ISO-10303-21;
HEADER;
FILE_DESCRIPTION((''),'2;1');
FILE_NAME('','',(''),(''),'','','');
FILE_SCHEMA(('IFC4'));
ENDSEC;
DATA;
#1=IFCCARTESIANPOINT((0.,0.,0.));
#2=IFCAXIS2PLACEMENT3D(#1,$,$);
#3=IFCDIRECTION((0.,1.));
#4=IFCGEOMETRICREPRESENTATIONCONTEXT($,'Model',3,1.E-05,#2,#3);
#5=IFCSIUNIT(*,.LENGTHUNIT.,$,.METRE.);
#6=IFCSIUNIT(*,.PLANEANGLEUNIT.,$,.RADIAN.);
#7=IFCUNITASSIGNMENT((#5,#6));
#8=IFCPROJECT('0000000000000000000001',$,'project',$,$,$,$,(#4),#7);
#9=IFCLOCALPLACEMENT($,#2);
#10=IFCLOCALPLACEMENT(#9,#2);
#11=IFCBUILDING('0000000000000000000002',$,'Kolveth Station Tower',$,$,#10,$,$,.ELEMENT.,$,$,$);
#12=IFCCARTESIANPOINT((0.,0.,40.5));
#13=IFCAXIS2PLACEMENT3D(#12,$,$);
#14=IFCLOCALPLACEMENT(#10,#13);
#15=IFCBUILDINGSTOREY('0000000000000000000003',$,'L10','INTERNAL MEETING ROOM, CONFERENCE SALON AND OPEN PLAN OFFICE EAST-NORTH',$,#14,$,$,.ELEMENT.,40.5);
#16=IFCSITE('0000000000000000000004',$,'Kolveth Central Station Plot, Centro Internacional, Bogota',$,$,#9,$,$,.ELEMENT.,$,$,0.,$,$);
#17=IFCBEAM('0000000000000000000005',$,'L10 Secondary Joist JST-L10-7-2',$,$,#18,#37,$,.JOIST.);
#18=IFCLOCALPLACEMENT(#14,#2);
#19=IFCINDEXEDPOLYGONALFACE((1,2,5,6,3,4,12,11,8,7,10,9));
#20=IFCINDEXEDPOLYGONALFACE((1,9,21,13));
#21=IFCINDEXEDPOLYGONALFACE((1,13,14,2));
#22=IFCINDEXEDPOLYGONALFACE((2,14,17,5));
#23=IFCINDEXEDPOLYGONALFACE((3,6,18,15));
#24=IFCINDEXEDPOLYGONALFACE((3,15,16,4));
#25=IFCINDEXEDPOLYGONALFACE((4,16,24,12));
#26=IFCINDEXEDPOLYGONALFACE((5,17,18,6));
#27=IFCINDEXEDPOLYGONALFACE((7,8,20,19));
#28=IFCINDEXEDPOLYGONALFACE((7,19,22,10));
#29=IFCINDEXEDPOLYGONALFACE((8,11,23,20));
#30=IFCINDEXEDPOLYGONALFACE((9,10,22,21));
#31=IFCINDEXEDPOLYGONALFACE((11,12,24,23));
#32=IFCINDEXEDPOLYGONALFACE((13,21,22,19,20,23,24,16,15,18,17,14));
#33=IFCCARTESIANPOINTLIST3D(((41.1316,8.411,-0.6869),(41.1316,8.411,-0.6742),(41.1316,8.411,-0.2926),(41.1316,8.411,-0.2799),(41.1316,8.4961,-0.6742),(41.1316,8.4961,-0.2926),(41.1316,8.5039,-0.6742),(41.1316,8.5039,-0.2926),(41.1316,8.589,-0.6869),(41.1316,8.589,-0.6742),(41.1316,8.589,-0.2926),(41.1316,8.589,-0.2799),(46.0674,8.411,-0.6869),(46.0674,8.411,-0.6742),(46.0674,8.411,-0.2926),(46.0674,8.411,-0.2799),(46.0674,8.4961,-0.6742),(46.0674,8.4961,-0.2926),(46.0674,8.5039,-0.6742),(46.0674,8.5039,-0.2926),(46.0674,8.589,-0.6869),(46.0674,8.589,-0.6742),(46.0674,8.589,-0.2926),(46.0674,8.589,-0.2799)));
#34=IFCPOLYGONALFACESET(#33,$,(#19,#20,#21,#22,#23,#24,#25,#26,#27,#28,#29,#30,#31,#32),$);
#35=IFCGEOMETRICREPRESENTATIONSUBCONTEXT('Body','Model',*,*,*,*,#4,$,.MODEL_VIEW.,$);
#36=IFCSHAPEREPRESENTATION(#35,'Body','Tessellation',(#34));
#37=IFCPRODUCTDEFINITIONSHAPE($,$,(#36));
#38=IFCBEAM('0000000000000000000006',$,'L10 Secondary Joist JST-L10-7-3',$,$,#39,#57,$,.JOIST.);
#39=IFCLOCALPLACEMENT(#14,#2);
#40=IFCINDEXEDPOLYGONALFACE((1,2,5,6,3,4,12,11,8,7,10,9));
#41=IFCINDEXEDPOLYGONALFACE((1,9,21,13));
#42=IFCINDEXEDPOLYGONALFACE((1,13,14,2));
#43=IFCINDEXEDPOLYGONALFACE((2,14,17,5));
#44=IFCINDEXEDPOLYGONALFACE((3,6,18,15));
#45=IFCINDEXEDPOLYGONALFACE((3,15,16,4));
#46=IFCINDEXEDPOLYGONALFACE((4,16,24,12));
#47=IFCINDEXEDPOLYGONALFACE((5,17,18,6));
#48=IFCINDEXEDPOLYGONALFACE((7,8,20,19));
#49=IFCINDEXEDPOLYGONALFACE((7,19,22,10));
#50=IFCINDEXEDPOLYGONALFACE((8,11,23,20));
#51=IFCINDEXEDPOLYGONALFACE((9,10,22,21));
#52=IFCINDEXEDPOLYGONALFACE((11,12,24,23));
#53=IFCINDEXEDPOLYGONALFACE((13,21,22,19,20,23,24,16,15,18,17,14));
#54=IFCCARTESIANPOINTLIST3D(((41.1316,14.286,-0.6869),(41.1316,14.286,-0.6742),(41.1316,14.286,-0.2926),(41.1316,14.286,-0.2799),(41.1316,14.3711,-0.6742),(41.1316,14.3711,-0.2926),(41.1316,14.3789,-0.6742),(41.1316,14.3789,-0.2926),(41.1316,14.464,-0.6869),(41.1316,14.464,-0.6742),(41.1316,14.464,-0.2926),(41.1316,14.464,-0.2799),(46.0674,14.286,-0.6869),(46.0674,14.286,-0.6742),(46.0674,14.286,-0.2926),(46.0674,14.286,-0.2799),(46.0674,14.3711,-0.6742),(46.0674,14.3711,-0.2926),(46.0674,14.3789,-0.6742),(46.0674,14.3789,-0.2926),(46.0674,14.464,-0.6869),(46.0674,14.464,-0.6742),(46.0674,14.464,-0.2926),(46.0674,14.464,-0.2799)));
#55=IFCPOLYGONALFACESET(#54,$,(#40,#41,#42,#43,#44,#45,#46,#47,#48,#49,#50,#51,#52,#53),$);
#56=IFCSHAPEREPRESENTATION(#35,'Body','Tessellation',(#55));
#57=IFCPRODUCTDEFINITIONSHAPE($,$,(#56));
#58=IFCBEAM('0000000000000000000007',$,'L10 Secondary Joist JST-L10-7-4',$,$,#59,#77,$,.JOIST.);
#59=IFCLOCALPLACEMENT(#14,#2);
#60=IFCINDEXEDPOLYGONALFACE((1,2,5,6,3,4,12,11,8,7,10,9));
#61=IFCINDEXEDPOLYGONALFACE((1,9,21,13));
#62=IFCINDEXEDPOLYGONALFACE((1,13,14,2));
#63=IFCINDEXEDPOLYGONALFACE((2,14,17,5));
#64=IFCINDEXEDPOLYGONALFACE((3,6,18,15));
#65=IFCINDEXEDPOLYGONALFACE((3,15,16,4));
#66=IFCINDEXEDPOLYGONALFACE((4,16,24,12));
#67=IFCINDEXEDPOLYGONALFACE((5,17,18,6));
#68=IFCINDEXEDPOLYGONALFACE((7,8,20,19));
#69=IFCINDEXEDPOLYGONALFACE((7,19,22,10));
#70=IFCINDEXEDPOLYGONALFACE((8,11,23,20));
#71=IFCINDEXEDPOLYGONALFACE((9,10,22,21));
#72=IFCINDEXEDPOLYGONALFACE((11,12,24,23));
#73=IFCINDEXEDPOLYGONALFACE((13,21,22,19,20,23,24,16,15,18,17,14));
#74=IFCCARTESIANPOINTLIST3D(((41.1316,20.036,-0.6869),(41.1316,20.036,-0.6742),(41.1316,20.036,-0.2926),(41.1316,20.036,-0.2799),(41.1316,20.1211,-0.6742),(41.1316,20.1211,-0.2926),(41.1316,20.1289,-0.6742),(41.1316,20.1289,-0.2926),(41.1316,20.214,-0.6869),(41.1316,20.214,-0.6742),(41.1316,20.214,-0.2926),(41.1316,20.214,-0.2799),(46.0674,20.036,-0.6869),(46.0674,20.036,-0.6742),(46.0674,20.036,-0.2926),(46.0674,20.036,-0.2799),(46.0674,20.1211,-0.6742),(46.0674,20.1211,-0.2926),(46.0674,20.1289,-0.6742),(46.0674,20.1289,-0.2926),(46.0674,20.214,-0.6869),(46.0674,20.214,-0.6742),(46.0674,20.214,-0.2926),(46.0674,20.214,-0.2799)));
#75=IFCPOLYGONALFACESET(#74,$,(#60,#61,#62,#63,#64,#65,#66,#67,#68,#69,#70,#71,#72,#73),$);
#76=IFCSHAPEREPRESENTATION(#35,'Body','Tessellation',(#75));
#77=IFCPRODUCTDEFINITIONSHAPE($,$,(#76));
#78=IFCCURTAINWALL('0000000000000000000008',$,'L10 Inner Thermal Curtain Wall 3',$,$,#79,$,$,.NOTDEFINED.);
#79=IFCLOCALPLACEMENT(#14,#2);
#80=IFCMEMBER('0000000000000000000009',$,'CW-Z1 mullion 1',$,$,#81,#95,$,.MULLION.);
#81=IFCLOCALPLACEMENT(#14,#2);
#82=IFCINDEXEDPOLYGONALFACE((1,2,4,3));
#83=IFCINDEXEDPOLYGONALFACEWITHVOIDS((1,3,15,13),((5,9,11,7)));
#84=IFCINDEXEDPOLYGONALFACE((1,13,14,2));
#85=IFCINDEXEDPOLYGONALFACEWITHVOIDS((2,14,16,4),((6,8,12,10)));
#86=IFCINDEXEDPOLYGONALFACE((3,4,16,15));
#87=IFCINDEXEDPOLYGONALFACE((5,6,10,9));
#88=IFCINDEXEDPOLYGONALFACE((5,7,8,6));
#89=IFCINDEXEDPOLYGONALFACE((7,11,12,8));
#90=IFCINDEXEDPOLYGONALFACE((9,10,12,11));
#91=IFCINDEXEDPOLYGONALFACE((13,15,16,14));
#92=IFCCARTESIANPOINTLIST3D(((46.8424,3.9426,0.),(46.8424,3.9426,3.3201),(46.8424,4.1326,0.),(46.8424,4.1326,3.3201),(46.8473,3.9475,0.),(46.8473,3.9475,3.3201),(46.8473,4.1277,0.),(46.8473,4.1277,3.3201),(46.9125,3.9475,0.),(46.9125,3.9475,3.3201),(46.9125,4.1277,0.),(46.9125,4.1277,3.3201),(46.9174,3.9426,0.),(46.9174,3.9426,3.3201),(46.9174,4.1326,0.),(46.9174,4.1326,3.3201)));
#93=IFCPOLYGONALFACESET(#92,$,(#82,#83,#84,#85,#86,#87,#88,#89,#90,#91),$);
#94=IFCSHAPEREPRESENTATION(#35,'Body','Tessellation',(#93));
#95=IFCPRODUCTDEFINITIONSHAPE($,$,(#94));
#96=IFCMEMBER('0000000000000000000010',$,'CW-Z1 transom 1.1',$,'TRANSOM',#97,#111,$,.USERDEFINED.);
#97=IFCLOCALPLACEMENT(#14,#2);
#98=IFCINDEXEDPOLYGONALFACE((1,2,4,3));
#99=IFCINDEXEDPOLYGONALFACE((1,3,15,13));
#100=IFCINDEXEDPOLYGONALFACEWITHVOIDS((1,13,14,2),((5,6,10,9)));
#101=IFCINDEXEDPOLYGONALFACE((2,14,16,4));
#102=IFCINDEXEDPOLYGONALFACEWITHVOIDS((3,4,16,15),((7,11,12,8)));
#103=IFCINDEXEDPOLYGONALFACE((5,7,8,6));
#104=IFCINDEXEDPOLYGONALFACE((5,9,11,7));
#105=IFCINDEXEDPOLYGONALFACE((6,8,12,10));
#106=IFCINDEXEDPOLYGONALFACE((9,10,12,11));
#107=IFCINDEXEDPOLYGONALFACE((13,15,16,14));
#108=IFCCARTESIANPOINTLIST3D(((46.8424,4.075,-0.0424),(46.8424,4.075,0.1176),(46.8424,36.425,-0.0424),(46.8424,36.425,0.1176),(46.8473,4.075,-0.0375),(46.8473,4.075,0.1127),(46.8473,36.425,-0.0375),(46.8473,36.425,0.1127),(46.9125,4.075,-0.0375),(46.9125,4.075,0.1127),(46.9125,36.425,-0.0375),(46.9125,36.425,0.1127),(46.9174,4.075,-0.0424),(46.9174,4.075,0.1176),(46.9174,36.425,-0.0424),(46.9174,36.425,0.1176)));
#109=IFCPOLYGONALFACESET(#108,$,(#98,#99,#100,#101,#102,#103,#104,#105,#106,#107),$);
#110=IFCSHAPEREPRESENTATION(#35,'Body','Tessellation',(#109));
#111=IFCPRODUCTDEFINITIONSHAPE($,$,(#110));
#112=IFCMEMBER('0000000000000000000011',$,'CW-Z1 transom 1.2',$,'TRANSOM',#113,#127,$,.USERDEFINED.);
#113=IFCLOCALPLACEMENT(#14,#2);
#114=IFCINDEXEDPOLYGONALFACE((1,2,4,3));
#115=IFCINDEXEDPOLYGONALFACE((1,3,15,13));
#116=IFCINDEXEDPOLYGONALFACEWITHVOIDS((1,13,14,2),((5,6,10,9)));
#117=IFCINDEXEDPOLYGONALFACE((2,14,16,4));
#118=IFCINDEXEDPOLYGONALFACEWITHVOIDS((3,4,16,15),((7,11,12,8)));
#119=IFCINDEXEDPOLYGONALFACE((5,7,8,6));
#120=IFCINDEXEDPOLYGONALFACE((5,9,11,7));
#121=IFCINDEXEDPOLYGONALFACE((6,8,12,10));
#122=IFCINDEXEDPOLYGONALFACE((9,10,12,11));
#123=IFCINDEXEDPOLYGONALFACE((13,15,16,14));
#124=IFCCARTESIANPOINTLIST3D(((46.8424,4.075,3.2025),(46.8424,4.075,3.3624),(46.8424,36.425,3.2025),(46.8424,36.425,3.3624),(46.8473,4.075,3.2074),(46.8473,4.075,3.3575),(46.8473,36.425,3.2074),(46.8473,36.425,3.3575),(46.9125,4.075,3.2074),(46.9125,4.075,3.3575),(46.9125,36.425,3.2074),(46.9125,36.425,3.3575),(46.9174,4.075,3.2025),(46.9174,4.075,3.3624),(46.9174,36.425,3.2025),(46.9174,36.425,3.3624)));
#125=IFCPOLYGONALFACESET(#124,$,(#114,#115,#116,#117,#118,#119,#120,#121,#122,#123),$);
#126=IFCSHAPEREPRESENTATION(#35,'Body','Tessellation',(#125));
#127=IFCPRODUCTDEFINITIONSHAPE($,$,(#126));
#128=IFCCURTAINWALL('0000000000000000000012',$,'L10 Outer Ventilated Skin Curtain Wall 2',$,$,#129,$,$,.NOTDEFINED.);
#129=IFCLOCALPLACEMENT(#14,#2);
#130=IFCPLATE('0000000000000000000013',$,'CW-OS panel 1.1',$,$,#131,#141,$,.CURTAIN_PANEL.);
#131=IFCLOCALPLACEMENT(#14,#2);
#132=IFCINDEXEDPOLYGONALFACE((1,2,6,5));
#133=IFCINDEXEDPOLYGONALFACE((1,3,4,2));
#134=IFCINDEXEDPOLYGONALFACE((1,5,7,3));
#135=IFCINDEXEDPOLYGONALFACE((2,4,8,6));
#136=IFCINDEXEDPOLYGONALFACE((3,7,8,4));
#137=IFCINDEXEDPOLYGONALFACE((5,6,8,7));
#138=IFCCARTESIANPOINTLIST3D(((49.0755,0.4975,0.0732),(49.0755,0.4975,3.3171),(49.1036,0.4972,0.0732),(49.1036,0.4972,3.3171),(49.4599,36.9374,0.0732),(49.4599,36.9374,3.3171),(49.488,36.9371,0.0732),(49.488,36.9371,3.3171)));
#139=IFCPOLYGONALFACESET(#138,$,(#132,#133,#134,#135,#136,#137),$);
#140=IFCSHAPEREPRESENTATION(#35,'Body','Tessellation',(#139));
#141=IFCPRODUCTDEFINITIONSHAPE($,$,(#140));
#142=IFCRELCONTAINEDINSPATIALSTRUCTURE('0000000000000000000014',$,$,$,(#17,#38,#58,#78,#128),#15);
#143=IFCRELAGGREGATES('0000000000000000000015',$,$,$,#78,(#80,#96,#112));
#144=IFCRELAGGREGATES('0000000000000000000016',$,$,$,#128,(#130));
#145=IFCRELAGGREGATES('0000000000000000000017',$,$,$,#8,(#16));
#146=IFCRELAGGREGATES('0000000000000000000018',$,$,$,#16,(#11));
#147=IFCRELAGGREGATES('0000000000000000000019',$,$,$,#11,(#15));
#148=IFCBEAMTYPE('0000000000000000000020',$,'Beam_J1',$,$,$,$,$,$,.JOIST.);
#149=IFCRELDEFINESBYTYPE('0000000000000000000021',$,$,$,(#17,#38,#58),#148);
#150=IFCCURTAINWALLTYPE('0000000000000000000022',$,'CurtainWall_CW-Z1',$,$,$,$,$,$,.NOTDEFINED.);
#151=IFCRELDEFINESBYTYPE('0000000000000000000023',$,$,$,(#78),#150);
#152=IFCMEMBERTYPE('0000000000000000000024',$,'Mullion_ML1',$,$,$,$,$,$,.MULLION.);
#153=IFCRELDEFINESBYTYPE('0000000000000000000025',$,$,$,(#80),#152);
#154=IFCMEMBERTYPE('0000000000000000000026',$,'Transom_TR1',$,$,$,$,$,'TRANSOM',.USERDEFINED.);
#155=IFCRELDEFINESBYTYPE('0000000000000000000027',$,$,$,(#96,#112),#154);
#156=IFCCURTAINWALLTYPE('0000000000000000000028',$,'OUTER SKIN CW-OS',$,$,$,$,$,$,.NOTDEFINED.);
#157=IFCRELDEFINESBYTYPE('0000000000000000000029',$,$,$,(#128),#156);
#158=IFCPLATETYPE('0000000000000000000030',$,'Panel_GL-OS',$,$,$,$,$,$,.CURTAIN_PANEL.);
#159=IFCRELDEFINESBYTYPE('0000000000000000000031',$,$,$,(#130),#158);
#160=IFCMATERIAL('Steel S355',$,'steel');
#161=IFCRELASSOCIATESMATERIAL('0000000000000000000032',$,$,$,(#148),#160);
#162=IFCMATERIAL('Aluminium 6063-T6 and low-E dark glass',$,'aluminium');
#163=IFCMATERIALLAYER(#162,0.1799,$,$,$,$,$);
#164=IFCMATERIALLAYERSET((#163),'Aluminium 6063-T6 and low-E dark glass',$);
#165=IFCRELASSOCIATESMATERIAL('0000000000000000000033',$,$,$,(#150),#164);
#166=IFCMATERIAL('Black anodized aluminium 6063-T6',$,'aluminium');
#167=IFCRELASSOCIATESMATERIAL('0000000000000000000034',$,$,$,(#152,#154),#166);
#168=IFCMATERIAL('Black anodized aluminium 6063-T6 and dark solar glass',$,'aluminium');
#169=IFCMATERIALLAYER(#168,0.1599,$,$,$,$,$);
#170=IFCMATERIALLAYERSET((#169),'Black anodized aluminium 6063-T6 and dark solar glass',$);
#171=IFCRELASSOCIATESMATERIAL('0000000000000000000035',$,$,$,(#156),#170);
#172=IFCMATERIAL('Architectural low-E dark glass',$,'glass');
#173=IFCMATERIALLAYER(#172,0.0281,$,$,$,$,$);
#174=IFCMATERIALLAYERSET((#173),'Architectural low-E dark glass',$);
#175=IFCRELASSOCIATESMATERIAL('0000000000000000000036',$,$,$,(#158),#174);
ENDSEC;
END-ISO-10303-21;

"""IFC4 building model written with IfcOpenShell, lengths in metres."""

from ifc_helpers import new_model, si_unit, direction, frame, origin, origin_2d, place, context, subcontext, project, spatial, rectangle, hollow_rectangle, i_section, extrude, source, transform, mapped, material, layer, layer_set, material_profile, profile_set, type_object, element, aggregate, save


model = new_model("IFC4")

# Units and contexts
model_context = context("Model", 3, precision=1e-05, world=origin(), true_north=direction((0.0, 1.0)))
body_context = subcontext(model_context, "Body", "Model", "MODEL_VIEW")
ifc_project = project(units=[si_unit("LENGTHUNIT", "METRE"), si_unit("PLANEANGLEUNIT", "RADIAN")], contexts=[model_context])

# Site, building, storey
site_placement = place(None, origin())
site = spatial("IfcSite", under=ifc_project, at=site_placement, Name="Kolveth Central Station Plot, Centro Internacional, Bogota", CompositionType="ELEMENT", RefElevation=0.0)
building_placement = place(site_placement, origin())
building = spatial("IfcBuilding", under=site, at=building_placement, Name="Kolveth Station Tower", CompositionType="ELEMENT")
storey_placement = place(building_placement, frame((0.0, 0.0, 40.5)))
storey = spatial("IfcBuildingStorey", under=building, at=storey_placement, Name="L10", Description="INTERNAL MEETING ROOM, CONFERENCE SALON AND OPEN PLAN OFFICE EAST-NORTH", CompositionType="ELEMENT", Elevation=40.5)

# Shared definitions
ifc_material_1 = material(Name="Steel S355", Category="steel")

# Beams
ifc_material_profile_1 = material_profile(ifc_material_1, i_section(OverallWidth=0.178, OverallDepth=0.407, WebThickness=0.0078, FlangeThickness=0.0127, at=origin_2d()), Name="W410x60")
ifc_profile_set_1 = profile_set([ifc_material_profile_1], Name="Steel S355")
beam_type_1 = type_object("IfcBeamType", Name="Beam_J1", PredefinedType="JOIST", material=ifc_profile_set_1)
shared_shape_1 = source(origin(), body_context, "Body", "SweptSolid", [
    extrude(i_section(OverallWidth=0.178, OverallDepth=0.407, WebThickness=0.0078, FlangeThickness=0.0127, at=origin_2d()), origin(), (0.0, 0.0, 1.0), 4.9358),
])
for number, where, z_axis, x_axis, name in (
    (1, (41.1316, 8.5, -0.4834), (1.0, 0.0, 0.0), (0.0, 1.0, 0.0), "L10 Secondary Joist JST-L10-7-2"),
    (2, (41.1316, 14.375, -0.4834), (1.0, 0.0, 0.0), (0.0, 1.0, 0.0), "L10 Secondary Joist JST-L10-7-3"),
    (3, (41.1316, 20.125, -0.4834), (1.0, 0.0, 0.0), (0.0, 1.0, 0.0), "L10 Secondary Joist JST-L10-7-4"),
):
    element("IfcBeam", number, at=place(storey_placement, frame(where, z_axis=z_axis, x_axis=x_axis)), inside=storey, type_object=beam_type_1, Name=name, PredefinedType="JOIST", context=body_context, shape_type="MappedRepresentation", body=[
        mapped(shared_shape_1, transform((0.0, 0.0, 0.0), x_axis=(1.0, 0.0, 0.0), y_axis=(0.0, 1.0, 0.0), z_axis=(0.0, 0.0, 1.0), scale=1.0)),
    ])

# Curtain wall, members
ifc_material_2 = material(Name="Aluminium 6063-T6 and low-E dark glass", Category="aluminium")
ifc_layer_1 = layer(ifc_material_2, 0.1799)
ifc_layer_set_1 = layer_set([ifc_layer_1], Name="Aluminium 6063-T6 and low-E dark glass")
curtain_wall_type_1 = type_object("IfcCurtainWallType", Name="CurtainWall_CW-Z1", PredefinedType="NOTDEFINED", material=ifc_layer_set_1)
curtain_wall_1_placement = place(storey_placement, origin())
curtain_wall_1 = element("IfcCurtainWall", 4, at=curtain_wall_1_placement, inside=storey, type_object=curtain_wall_type_1, Name="L10 Inner Thermal Curtain Wall 3", PredefinedType="NOTDEFINED")
ifc_material_3 = material(Name="Black anodized aluminium 6063-T6", Category="aluminium")
ifc_material_profile_2 = material_profile(ifc_material_3, hollow_rectangle(XDim=0.075, YDim=0.1899, WallThickness=0.0049, at=origin_2d()), Name="ALU-75x190x5")
ifc_profile_set_2 = profile_set([ifc_material_profile_2], Name="Black anodized aluminium 6063-T6")
member_type_1 = type_object("IfcMemberType", Name="Mullion_ML1", PredefinedType="MULLION", material=ifc_profile_set_2)
shared_shape_2 = source(origin(), body_context, "Body", "SweptSolid", [
    extrude(hollow_rectangle(XDim=0.075, YDim=0.1899, WallThickness=0.0049, at=origin_2d()), origin(), (0.0, 0.0, 1.0), 3.3201),
])
member_1_placement = place(storey_placement, frame((46.8799, 4.0376, 0.0), z_axis=(0.0, 0.0, 1.0), x_axis=(-1.0, 0.0, 0.0)))
member_1 = element("IfcMember", 5, at=member_1_placement, type_object=member_type_1, Name="CW-Z1 mullion 1", PredefinedType="MULLION", context=body_context, shape_type="MappedRepresentation", body=[
    mapped(shared_shape_2, transform((0.0, 0.0, 0.0), x_axis=(1.0, 0.0, 0.0), y_axis=(0.0, 1.0, 0.0), z_axis=(0.0, 0.0, 1.0), scale=1.0)),
])
ifc_material_profile_3 = material_profile(ifc_material_3, hollow_rectangle(XDim=0.075, YDim=0.1599, WallThickness=0.0049, at=origin_2d()), Name="ALU-75x160x5")
ifc_profile_set_3 = profile_set([ifc_material_profile_3], Name="Black anodized aluminium 6063-T6")
member_type_2 = type_object("IfcMemberType", Name="Transom_TR1", ElementType="TRANSOM", PredefinedType="USERDEFINED", material=ifc_profile_set_3)
shared_shape_3 = source(origin(), body_context, "Body", "SweptSolid", [
    extrude(hollow_rectangle(XDim=0.075, YDim=0.1599, WallThickness=0.0049, at=origin_2d()), origin(), (0.0, 0.0, 1.0), 32.3501),
])
member_2_placement = place(storey_placement, frame((46.8799, 4.075, 0.0376), z_axis=(0.0, 1.0, 0.0), x_axis=(-1.0, 0.0, 0.0)))
member_2 = element("IfcMember", 6, at=member_2_placement, type_object=member_type_2, Name="CW-Z1 transom 1.1", ObjectType="TRANSOM", PredefinedType="USERDEFINED", context=body_context, shape_type="MappedRepresentation", body=[
    mapped(shared_shape_3, transform((0.0, 0.0, 0.0), x_axis=(1.0, 0.0, 0.0), y_axis=(0.0, 1.0, 0.0), z_axis=(0.0, 0.0, 1.0), scale=1.0)),
])
member_3_placement = place(storey_placement, frame((46.8799, 4.075, 3.2825), z_axis=(0.0, 1.0, 0.0), x_axis=(-1.0, 0.0, 0.0)))
member_3 = element("IfcMember", 7, at=member_3_placement, type_object=member_type_2, Name="CW-Z1 transom 1.2", ObjectType="TRANSOM", PredefinedType="USERDEFINED", context=body_context, shape_type="MappedRepresentation", body=[
    mapped(shared_shape_3, transform((0.0, 0.0, 0.0), x_axis=(1.0, 0.0, 0.0), y_axis=(0.0, 1.0, 0.0), z_axis=(0.0, 0.0, 1.0), scale=1.0)),
])
aggregate(curtain_wall_1, [member_1, member_2, member_3])

# Curtain wall, plate
ifc_material_4 = material(Name="Black anodized aluminium 6063-T6 and dark solar glass", Category="aluminium")
ifc_layer_2 = layer(ifc_material_4, 0.1599)
ifc_layer_set_2 = layer_set([ifc_layer_2], Name="Black anodized aluminium 6063-T6 and dark solar glass")
curtain_wall_type_2 = type_object("IfcCurtainWallType", Name="OUTER SKIN CW-OS", PredefinedType="NOTDEFINED", material=ifc_layer_set_2)
curtain_wall_2_placement = place(storey_placement, origin())
curtain_wall_2 = element("IfcCurtainWall", 8, at=curtain_wall_2_placement, inside=storey, type_object=curtain_wall_type_2, Name="L10 Outer Ventilated Skin Curtain Wall 2", PredefinedType="NOTDEFINED")
ifc_material_5 = material(Name="Architectural low-E dark glass", Category="glass")
ifc_layer_3 = layer(ifc_material_5, 0.0281)
ifc_layer_set_3 = layer_set([ifc_layer_3], Name="Architectural low-E dark glass")
plate_type = type_object("IfcPlateType", Name="Panel_GL-OS", PredefinedType="CURTAIN_PANEL", material=ifc_layer_set_3)
shared_shape_4 = source(origin(), body_context, "Body", "SweptSolid", [
    extrude(rectangle(XDim=36.4419, YDim=0.0281, at=origin_2d()), origin(), (0.0, 0.0, 1.0), 3.2439),
])
plate_placement = place(storey_placement, frame((49.2817, 18.7173, 0.0732), z_axis=(0.0, 0.0, 1.0), x_axis=(0.010547, 0.999944, 0.0)))
plate = element("IfcPlate", 9, at=plate_placement, type_object=plate_type, Name="CW-OS panel 1.1", PredefinedType="CURTAIN_PANEL", context=body_context, shape_type="MappedRepresentation", body=[
    mapped(shared_shape_4, transform((0.0, 0.0, 0.0), x_axis=(1.0, 0.0, 0.0), y_axis=(0.0, 1.0, 0.0), z_axis=(0.0, 0.0, 1.0), scale=1.0)),
])
aggregate(curtain_wall_2, [plate])

save(model, "model.ifc")
